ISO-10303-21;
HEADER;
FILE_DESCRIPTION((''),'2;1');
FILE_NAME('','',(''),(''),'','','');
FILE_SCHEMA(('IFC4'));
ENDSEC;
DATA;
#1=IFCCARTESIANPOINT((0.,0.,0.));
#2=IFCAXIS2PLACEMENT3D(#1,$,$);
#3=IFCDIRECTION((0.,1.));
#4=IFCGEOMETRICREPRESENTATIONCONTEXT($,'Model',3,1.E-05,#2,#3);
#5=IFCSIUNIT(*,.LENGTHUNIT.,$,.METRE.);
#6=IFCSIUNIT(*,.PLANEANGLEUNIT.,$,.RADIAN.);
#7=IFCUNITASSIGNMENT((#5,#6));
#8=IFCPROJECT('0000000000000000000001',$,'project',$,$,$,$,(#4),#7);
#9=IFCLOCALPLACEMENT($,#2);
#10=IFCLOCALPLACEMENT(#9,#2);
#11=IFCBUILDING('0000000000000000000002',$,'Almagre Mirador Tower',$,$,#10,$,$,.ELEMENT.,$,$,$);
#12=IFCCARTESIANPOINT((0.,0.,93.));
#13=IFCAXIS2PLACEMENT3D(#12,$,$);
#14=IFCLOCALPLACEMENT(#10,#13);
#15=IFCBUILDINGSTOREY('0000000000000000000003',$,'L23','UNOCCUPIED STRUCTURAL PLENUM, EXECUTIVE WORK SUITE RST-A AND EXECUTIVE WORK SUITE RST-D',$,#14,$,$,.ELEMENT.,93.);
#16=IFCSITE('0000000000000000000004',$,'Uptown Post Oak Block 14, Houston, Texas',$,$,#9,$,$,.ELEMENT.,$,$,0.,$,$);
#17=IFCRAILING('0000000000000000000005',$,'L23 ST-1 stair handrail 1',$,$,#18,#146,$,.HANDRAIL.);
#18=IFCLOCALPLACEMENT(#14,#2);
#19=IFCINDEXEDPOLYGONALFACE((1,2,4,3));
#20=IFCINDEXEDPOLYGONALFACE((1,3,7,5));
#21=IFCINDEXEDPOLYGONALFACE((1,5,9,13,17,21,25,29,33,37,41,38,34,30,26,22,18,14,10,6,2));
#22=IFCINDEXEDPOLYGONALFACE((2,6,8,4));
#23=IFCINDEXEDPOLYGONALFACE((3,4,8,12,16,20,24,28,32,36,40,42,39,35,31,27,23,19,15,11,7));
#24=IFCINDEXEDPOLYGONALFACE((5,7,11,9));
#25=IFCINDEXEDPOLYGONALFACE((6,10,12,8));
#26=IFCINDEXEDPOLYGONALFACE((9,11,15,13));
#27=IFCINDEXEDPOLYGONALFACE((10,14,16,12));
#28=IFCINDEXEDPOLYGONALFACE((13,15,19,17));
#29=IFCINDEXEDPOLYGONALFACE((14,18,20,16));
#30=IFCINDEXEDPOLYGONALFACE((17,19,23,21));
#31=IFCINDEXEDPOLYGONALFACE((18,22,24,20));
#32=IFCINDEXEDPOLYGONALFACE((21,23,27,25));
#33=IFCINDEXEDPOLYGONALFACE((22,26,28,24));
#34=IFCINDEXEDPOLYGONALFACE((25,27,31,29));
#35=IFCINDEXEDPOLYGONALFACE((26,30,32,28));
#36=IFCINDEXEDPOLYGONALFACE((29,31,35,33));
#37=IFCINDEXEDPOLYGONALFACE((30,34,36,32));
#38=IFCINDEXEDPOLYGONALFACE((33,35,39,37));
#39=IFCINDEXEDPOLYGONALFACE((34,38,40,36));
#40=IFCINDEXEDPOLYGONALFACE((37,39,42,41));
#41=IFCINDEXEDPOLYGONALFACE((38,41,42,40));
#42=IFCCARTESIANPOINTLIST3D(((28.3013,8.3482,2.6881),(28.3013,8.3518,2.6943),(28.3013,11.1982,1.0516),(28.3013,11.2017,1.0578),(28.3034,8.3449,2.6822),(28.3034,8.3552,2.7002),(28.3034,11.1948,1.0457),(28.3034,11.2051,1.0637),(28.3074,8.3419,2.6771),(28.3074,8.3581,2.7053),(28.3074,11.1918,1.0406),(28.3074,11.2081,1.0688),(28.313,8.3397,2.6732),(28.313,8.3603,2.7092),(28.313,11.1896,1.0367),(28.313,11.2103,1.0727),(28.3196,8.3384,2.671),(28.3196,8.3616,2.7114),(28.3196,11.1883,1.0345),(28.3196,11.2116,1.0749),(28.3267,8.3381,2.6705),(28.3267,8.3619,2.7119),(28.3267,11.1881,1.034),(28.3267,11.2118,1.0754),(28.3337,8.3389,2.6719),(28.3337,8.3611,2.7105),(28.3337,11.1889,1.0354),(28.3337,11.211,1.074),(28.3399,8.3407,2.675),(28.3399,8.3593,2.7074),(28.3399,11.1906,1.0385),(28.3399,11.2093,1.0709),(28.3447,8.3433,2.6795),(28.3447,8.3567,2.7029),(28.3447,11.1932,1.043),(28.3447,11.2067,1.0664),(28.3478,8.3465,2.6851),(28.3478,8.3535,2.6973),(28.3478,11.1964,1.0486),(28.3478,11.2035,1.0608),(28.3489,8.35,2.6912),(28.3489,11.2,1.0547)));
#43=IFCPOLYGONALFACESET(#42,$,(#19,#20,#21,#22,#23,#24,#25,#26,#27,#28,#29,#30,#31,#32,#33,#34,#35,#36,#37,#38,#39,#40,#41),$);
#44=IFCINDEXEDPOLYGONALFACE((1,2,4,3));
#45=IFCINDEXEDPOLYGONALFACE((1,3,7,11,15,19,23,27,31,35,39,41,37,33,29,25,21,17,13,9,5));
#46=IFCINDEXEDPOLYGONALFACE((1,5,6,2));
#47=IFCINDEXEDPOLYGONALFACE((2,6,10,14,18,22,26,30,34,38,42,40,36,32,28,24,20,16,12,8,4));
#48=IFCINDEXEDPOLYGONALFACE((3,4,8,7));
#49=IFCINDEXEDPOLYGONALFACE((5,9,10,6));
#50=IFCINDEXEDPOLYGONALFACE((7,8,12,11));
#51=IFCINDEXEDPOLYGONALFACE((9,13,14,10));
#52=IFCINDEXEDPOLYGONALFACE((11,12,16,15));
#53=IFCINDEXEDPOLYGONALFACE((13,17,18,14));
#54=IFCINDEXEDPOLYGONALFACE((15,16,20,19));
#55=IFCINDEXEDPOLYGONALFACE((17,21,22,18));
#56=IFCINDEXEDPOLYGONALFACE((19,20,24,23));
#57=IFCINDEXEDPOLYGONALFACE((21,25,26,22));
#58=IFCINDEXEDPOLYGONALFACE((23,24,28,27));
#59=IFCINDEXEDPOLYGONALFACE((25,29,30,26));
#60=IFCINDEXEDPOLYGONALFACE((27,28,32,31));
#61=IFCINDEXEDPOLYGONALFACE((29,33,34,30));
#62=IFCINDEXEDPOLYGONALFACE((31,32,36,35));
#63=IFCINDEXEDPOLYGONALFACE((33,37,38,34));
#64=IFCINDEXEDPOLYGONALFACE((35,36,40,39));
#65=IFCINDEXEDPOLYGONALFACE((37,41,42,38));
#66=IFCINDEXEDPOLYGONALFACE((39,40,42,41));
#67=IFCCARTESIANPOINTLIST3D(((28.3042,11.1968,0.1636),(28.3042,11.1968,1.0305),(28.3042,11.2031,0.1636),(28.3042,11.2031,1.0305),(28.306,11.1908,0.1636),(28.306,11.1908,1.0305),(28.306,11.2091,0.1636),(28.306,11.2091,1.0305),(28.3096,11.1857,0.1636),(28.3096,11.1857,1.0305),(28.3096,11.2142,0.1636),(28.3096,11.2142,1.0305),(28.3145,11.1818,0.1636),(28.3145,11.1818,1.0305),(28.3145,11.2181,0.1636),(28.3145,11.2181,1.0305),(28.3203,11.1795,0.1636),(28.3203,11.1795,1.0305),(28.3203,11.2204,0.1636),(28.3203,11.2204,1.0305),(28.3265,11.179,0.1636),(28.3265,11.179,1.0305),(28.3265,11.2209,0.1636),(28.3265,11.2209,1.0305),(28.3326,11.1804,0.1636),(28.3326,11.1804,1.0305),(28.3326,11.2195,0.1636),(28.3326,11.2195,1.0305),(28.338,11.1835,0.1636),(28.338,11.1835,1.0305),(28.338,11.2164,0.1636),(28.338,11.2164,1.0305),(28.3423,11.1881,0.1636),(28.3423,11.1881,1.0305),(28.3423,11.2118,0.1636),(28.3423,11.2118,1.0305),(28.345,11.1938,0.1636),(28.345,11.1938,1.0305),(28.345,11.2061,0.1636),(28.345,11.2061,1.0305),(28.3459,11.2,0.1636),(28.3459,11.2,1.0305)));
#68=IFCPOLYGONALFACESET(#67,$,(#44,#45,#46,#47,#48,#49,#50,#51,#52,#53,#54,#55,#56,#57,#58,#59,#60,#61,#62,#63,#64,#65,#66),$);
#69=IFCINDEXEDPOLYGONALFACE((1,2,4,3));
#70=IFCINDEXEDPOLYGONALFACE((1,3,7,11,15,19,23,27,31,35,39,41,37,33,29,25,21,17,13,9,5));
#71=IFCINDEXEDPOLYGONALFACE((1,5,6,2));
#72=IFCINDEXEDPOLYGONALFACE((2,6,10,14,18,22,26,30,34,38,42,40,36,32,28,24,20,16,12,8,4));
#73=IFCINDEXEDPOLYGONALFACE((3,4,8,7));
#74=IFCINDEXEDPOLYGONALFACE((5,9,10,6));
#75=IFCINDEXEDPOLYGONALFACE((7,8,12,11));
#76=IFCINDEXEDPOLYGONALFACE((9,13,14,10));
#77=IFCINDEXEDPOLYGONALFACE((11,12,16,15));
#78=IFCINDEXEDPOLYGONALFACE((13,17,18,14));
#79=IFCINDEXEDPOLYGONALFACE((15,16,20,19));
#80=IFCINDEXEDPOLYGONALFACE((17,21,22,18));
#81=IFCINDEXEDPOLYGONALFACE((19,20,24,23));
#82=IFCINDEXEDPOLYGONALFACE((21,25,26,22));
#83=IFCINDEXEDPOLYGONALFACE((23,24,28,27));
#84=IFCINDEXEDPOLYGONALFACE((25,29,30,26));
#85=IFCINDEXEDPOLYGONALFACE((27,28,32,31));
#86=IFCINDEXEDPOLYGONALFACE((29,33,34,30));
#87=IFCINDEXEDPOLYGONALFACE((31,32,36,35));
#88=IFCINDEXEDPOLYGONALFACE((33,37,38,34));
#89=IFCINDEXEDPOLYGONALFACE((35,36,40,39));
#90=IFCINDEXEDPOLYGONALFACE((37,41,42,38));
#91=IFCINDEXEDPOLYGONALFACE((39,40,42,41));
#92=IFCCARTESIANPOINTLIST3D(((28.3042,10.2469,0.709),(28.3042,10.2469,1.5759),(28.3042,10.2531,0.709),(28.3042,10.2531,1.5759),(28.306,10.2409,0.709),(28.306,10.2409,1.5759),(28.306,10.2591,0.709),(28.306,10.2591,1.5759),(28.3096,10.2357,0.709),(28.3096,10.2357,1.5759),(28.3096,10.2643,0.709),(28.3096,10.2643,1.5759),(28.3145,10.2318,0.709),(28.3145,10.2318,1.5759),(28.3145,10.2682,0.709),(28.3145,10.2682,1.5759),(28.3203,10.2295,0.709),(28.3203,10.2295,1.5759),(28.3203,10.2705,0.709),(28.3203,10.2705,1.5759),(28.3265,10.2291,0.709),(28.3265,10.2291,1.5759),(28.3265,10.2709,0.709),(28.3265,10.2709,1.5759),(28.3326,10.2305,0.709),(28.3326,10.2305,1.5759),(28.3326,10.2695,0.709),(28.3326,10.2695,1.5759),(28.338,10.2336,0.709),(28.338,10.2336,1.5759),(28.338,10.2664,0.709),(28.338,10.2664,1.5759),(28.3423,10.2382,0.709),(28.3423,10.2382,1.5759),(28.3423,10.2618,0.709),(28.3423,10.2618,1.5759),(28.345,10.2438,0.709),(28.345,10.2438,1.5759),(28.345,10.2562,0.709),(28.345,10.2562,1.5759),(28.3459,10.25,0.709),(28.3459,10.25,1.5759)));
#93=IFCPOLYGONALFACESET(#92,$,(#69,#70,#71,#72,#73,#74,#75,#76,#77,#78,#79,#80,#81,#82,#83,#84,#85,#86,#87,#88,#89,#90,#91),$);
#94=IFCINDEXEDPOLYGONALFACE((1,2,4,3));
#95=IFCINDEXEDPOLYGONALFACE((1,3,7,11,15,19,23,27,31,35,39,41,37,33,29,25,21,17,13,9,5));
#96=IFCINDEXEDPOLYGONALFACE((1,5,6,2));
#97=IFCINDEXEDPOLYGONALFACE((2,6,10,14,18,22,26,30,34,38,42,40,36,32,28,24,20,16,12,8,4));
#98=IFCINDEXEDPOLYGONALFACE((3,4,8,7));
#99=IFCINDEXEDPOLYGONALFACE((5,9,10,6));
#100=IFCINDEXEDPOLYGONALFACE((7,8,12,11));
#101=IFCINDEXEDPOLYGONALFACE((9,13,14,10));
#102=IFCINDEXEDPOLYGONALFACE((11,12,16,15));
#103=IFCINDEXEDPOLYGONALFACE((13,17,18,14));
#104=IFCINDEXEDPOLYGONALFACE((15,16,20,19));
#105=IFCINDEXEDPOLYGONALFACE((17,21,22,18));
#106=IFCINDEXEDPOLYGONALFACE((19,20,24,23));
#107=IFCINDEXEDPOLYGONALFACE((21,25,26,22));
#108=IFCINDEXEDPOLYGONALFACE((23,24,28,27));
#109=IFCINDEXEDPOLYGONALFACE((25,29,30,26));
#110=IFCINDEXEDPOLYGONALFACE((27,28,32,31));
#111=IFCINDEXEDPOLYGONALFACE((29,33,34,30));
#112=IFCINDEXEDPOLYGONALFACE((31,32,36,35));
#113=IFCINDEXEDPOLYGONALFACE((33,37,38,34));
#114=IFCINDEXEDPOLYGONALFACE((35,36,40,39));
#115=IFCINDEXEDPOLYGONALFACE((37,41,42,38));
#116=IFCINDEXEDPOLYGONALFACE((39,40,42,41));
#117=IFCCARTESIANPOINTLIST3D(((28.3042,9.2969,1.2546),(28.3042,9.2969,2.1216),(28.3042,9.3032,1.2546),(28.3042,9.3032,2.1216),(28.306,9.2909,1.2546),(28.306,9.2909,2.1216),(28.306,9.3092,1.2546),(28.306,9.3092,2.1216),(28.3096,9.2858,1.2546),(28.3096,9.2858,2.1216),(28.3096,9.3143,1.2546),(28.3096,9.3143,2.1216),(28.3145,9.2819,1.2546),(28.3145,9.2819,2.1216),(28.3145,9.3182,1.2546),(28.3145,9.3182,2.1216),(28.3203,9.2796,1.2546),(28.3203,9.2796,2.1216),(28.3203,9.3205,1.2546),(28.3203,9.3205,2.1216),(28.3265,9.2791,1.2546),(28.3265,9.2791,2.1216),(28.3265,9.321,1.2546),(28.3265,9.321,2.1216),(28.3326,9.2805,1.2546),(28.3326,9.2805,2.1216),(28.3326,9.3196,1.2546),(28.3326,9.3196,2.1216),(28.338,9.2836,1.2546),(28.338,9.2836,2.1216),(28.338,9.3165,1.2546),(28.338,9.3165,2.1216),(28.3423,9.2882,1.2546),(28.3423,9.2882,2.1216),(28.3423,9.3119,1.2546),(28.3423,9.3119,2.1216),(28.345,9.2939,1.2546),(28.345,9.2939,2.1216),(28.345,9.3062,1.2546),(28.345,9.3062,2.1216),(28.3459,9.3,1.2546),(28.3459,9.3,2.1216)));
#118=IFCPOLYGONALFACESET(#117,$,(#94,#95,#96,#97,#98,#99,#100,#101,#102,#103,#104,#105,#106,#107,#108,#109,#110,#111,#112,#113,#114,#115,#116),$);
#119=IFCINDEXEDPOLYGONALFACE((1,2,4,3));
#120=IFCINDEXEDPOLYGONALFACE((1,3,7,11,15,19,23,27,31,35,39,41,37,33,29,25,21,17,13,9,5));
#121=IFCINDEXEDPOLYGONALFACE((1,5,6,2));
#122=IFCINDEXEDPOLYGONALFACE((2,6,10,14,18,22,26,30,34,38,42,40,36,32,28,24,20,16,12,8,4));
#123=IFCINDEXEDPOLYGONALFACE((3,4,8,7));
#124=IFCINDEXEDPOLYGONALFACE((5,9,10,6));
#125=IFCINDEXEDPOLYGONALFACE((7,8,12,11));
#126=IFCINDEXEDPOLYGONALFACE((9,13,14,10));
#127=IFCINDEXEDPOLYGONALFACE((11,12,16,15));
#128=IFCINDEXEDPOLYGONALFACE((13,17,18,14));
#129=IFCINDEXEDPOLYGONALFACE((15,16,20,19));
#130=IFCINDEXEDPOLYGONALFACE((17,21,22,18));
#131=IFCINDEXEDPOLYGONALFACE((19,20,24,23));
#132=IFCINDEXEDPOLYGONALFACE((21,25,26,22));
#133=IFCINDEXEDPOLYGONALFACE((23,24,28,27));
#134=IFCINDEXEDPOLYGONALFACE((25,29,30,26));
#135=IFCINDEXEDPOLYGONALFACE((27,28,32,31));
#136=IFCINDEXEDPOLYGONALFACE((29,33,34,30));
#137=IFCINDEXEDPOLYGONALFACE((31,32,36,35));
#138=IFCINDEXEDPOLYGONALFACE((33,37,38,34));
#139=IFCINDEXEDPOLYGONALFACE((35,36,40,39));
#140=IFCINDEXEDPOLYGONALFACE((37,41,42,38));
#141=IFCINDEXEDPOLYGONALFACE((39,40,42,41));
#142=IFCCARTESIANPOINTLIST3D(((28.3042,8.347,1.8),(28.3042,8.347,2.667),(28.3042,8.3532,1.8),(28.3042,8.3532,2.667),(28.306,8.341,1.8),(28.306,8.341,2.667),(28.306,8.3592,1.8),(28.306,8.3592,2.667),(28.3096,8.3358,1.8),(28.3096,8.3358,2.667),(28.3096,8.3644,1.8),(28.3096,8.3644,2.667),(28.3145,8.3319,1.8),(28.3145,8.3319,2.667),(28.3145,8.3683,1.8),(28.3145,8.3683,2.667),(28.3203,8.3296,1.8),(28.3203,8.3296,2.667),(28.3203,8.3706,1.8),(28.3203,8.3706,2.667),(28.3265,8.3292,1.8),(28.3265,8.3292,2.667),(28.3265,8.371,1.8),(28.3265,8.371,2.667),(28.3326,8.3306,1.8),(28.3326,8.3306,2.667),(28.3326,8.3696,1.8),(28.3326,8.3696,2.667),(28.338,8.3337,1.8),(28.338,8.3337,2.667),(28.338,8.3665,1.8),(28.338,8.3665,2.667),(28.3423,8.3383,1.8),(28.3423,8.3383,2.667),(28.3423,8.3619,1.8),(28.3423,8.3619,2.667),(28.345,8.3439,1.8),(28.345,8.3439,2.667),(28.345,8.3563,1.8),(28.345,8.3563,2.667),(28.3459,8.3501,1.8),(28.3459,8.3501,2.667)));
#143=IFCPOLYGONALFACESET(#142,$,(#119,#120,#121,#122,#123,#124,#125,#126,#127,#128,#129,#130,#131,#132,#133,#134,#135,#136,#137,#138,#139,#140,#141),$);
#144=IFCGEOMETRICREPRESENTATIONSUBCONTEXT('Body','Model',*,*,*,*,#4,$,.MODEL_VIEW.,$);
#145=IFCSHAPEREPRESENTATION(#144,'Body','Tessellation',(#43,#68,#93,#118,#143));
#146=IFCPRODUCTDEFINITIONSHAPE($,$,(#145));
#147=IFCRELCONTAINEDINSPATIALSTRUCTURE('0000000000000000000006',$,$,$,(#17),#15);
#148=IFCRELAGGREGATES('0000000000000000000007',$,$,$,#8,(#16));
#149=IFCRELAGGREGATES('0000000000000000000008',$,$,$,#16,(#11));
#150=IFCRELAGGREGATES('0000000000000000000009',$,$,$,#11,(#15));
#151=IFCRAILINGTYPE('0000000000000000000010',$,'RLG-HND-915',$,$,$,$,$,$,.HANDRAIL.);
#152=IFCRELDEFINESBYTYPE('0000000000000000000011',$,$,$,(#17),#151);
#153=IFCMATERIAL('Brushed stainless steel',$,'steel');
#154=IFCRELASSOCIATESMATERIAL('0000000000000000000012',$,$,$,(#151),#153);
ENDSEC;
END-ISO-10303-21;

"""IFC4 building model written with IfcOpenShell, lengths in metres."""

from ifc_helpers import new_model, si_unit, direction, frame, origin, origin_2d, place, context, subcontext, project, spatial, circle, extrude, material, type_object, element, save


model = new_model("IFC4")

# Units and contexts
model_context = context("Model", 3, precision=1e-05, world=origin(), true_north=direction((0.0, 1.0)))
body_context = subcontext(model_context, "Body", "Model", "MODEL_VIEW")
ifc_project = project(units=[si_unit("LENGTHUNIT", "METRE"), si_unit("PLANEANGLEUNIT", "RADIAN")], contexts=[model_context])

# Site, building, storey
site_placement = place(None, origin())
site = spatial("IfcSite", under=ifc_project, at=site_placement, Name="Uptown Post Oak Block 14, Houston, Texas", CompositionType="ELEMENT", RefElevation=0.0)
building_placement = place(site_placement, origin())
building = spatial("IfcBuilding", under=site, at=building_placement, Name="Almagre Mirador Tower", CompositionType="ELEMENT")
storey_placement = place(building_placement, frame((0.0, 0.0, 93.0)))
storey = spatial("IfcBuildingStorey", under=building, at=storey_placement, Name="L23", Description="UNOCCUPIED STRUCTURAL PLENUM, EXECUTIVE WORK SUITE RST-A AND EXECUTIVE WORK SUITE RST-D", CompositionType="ELEMENT", Elevation=93.0)

# Railing
ifc_material_1 = material(Name="Brushed stainless steel", Category="steel")
railing_type_1 = type_object("IfcRailingType", Name="RLG-HND-915", PredefinedType="HANDRAIL", material=ifc_material_1)
railing_1_placement = place(storey_placement, frame((28.325, 11.2, 0.1636)))
element("IfcRailing", 1, at=railing_1_placement, inside=storey, type_object=railing_type_1, Name="L23 ST-1 stair handrail 1", PredefinedType="HANDRAIL", context=body_context, shape_type="SweptSolid", body=[
    extrude(circle(Radius=0.0239, at=origin_2d()), frame((0.0, 0.0, 0.8911), z_axis=(0.0, -0.867194, 0.49797), x_axis=(1.0, 0.0, 0.0)), (0.0, 0.0, 1.0), 3.2864),
    extrude(circle(Radius=0.021, at=origin_2d()), origin(), (0.0, 0.0, 1.0), 0.8669),
    extrude(circle(Radius=0.021, at=origin_2d()), frame((0.0, -0.95, 0.5454)), (0.0, 0.0, 1.0), 0.8669),
    extrude(circle(Radius=0.021, at=origin_2d()), frame((0.0, -1.8999, 1.0911)), (0.0, 0.0, 1.0), 0.8669),
    extrude(circle(Radius=0.021, at=origin_2d()), frame((0.0, -2.8499, 1.6365)), (0.0, 0.0, 1.0), 0.8669),
])

save(model, "model.ifc")
